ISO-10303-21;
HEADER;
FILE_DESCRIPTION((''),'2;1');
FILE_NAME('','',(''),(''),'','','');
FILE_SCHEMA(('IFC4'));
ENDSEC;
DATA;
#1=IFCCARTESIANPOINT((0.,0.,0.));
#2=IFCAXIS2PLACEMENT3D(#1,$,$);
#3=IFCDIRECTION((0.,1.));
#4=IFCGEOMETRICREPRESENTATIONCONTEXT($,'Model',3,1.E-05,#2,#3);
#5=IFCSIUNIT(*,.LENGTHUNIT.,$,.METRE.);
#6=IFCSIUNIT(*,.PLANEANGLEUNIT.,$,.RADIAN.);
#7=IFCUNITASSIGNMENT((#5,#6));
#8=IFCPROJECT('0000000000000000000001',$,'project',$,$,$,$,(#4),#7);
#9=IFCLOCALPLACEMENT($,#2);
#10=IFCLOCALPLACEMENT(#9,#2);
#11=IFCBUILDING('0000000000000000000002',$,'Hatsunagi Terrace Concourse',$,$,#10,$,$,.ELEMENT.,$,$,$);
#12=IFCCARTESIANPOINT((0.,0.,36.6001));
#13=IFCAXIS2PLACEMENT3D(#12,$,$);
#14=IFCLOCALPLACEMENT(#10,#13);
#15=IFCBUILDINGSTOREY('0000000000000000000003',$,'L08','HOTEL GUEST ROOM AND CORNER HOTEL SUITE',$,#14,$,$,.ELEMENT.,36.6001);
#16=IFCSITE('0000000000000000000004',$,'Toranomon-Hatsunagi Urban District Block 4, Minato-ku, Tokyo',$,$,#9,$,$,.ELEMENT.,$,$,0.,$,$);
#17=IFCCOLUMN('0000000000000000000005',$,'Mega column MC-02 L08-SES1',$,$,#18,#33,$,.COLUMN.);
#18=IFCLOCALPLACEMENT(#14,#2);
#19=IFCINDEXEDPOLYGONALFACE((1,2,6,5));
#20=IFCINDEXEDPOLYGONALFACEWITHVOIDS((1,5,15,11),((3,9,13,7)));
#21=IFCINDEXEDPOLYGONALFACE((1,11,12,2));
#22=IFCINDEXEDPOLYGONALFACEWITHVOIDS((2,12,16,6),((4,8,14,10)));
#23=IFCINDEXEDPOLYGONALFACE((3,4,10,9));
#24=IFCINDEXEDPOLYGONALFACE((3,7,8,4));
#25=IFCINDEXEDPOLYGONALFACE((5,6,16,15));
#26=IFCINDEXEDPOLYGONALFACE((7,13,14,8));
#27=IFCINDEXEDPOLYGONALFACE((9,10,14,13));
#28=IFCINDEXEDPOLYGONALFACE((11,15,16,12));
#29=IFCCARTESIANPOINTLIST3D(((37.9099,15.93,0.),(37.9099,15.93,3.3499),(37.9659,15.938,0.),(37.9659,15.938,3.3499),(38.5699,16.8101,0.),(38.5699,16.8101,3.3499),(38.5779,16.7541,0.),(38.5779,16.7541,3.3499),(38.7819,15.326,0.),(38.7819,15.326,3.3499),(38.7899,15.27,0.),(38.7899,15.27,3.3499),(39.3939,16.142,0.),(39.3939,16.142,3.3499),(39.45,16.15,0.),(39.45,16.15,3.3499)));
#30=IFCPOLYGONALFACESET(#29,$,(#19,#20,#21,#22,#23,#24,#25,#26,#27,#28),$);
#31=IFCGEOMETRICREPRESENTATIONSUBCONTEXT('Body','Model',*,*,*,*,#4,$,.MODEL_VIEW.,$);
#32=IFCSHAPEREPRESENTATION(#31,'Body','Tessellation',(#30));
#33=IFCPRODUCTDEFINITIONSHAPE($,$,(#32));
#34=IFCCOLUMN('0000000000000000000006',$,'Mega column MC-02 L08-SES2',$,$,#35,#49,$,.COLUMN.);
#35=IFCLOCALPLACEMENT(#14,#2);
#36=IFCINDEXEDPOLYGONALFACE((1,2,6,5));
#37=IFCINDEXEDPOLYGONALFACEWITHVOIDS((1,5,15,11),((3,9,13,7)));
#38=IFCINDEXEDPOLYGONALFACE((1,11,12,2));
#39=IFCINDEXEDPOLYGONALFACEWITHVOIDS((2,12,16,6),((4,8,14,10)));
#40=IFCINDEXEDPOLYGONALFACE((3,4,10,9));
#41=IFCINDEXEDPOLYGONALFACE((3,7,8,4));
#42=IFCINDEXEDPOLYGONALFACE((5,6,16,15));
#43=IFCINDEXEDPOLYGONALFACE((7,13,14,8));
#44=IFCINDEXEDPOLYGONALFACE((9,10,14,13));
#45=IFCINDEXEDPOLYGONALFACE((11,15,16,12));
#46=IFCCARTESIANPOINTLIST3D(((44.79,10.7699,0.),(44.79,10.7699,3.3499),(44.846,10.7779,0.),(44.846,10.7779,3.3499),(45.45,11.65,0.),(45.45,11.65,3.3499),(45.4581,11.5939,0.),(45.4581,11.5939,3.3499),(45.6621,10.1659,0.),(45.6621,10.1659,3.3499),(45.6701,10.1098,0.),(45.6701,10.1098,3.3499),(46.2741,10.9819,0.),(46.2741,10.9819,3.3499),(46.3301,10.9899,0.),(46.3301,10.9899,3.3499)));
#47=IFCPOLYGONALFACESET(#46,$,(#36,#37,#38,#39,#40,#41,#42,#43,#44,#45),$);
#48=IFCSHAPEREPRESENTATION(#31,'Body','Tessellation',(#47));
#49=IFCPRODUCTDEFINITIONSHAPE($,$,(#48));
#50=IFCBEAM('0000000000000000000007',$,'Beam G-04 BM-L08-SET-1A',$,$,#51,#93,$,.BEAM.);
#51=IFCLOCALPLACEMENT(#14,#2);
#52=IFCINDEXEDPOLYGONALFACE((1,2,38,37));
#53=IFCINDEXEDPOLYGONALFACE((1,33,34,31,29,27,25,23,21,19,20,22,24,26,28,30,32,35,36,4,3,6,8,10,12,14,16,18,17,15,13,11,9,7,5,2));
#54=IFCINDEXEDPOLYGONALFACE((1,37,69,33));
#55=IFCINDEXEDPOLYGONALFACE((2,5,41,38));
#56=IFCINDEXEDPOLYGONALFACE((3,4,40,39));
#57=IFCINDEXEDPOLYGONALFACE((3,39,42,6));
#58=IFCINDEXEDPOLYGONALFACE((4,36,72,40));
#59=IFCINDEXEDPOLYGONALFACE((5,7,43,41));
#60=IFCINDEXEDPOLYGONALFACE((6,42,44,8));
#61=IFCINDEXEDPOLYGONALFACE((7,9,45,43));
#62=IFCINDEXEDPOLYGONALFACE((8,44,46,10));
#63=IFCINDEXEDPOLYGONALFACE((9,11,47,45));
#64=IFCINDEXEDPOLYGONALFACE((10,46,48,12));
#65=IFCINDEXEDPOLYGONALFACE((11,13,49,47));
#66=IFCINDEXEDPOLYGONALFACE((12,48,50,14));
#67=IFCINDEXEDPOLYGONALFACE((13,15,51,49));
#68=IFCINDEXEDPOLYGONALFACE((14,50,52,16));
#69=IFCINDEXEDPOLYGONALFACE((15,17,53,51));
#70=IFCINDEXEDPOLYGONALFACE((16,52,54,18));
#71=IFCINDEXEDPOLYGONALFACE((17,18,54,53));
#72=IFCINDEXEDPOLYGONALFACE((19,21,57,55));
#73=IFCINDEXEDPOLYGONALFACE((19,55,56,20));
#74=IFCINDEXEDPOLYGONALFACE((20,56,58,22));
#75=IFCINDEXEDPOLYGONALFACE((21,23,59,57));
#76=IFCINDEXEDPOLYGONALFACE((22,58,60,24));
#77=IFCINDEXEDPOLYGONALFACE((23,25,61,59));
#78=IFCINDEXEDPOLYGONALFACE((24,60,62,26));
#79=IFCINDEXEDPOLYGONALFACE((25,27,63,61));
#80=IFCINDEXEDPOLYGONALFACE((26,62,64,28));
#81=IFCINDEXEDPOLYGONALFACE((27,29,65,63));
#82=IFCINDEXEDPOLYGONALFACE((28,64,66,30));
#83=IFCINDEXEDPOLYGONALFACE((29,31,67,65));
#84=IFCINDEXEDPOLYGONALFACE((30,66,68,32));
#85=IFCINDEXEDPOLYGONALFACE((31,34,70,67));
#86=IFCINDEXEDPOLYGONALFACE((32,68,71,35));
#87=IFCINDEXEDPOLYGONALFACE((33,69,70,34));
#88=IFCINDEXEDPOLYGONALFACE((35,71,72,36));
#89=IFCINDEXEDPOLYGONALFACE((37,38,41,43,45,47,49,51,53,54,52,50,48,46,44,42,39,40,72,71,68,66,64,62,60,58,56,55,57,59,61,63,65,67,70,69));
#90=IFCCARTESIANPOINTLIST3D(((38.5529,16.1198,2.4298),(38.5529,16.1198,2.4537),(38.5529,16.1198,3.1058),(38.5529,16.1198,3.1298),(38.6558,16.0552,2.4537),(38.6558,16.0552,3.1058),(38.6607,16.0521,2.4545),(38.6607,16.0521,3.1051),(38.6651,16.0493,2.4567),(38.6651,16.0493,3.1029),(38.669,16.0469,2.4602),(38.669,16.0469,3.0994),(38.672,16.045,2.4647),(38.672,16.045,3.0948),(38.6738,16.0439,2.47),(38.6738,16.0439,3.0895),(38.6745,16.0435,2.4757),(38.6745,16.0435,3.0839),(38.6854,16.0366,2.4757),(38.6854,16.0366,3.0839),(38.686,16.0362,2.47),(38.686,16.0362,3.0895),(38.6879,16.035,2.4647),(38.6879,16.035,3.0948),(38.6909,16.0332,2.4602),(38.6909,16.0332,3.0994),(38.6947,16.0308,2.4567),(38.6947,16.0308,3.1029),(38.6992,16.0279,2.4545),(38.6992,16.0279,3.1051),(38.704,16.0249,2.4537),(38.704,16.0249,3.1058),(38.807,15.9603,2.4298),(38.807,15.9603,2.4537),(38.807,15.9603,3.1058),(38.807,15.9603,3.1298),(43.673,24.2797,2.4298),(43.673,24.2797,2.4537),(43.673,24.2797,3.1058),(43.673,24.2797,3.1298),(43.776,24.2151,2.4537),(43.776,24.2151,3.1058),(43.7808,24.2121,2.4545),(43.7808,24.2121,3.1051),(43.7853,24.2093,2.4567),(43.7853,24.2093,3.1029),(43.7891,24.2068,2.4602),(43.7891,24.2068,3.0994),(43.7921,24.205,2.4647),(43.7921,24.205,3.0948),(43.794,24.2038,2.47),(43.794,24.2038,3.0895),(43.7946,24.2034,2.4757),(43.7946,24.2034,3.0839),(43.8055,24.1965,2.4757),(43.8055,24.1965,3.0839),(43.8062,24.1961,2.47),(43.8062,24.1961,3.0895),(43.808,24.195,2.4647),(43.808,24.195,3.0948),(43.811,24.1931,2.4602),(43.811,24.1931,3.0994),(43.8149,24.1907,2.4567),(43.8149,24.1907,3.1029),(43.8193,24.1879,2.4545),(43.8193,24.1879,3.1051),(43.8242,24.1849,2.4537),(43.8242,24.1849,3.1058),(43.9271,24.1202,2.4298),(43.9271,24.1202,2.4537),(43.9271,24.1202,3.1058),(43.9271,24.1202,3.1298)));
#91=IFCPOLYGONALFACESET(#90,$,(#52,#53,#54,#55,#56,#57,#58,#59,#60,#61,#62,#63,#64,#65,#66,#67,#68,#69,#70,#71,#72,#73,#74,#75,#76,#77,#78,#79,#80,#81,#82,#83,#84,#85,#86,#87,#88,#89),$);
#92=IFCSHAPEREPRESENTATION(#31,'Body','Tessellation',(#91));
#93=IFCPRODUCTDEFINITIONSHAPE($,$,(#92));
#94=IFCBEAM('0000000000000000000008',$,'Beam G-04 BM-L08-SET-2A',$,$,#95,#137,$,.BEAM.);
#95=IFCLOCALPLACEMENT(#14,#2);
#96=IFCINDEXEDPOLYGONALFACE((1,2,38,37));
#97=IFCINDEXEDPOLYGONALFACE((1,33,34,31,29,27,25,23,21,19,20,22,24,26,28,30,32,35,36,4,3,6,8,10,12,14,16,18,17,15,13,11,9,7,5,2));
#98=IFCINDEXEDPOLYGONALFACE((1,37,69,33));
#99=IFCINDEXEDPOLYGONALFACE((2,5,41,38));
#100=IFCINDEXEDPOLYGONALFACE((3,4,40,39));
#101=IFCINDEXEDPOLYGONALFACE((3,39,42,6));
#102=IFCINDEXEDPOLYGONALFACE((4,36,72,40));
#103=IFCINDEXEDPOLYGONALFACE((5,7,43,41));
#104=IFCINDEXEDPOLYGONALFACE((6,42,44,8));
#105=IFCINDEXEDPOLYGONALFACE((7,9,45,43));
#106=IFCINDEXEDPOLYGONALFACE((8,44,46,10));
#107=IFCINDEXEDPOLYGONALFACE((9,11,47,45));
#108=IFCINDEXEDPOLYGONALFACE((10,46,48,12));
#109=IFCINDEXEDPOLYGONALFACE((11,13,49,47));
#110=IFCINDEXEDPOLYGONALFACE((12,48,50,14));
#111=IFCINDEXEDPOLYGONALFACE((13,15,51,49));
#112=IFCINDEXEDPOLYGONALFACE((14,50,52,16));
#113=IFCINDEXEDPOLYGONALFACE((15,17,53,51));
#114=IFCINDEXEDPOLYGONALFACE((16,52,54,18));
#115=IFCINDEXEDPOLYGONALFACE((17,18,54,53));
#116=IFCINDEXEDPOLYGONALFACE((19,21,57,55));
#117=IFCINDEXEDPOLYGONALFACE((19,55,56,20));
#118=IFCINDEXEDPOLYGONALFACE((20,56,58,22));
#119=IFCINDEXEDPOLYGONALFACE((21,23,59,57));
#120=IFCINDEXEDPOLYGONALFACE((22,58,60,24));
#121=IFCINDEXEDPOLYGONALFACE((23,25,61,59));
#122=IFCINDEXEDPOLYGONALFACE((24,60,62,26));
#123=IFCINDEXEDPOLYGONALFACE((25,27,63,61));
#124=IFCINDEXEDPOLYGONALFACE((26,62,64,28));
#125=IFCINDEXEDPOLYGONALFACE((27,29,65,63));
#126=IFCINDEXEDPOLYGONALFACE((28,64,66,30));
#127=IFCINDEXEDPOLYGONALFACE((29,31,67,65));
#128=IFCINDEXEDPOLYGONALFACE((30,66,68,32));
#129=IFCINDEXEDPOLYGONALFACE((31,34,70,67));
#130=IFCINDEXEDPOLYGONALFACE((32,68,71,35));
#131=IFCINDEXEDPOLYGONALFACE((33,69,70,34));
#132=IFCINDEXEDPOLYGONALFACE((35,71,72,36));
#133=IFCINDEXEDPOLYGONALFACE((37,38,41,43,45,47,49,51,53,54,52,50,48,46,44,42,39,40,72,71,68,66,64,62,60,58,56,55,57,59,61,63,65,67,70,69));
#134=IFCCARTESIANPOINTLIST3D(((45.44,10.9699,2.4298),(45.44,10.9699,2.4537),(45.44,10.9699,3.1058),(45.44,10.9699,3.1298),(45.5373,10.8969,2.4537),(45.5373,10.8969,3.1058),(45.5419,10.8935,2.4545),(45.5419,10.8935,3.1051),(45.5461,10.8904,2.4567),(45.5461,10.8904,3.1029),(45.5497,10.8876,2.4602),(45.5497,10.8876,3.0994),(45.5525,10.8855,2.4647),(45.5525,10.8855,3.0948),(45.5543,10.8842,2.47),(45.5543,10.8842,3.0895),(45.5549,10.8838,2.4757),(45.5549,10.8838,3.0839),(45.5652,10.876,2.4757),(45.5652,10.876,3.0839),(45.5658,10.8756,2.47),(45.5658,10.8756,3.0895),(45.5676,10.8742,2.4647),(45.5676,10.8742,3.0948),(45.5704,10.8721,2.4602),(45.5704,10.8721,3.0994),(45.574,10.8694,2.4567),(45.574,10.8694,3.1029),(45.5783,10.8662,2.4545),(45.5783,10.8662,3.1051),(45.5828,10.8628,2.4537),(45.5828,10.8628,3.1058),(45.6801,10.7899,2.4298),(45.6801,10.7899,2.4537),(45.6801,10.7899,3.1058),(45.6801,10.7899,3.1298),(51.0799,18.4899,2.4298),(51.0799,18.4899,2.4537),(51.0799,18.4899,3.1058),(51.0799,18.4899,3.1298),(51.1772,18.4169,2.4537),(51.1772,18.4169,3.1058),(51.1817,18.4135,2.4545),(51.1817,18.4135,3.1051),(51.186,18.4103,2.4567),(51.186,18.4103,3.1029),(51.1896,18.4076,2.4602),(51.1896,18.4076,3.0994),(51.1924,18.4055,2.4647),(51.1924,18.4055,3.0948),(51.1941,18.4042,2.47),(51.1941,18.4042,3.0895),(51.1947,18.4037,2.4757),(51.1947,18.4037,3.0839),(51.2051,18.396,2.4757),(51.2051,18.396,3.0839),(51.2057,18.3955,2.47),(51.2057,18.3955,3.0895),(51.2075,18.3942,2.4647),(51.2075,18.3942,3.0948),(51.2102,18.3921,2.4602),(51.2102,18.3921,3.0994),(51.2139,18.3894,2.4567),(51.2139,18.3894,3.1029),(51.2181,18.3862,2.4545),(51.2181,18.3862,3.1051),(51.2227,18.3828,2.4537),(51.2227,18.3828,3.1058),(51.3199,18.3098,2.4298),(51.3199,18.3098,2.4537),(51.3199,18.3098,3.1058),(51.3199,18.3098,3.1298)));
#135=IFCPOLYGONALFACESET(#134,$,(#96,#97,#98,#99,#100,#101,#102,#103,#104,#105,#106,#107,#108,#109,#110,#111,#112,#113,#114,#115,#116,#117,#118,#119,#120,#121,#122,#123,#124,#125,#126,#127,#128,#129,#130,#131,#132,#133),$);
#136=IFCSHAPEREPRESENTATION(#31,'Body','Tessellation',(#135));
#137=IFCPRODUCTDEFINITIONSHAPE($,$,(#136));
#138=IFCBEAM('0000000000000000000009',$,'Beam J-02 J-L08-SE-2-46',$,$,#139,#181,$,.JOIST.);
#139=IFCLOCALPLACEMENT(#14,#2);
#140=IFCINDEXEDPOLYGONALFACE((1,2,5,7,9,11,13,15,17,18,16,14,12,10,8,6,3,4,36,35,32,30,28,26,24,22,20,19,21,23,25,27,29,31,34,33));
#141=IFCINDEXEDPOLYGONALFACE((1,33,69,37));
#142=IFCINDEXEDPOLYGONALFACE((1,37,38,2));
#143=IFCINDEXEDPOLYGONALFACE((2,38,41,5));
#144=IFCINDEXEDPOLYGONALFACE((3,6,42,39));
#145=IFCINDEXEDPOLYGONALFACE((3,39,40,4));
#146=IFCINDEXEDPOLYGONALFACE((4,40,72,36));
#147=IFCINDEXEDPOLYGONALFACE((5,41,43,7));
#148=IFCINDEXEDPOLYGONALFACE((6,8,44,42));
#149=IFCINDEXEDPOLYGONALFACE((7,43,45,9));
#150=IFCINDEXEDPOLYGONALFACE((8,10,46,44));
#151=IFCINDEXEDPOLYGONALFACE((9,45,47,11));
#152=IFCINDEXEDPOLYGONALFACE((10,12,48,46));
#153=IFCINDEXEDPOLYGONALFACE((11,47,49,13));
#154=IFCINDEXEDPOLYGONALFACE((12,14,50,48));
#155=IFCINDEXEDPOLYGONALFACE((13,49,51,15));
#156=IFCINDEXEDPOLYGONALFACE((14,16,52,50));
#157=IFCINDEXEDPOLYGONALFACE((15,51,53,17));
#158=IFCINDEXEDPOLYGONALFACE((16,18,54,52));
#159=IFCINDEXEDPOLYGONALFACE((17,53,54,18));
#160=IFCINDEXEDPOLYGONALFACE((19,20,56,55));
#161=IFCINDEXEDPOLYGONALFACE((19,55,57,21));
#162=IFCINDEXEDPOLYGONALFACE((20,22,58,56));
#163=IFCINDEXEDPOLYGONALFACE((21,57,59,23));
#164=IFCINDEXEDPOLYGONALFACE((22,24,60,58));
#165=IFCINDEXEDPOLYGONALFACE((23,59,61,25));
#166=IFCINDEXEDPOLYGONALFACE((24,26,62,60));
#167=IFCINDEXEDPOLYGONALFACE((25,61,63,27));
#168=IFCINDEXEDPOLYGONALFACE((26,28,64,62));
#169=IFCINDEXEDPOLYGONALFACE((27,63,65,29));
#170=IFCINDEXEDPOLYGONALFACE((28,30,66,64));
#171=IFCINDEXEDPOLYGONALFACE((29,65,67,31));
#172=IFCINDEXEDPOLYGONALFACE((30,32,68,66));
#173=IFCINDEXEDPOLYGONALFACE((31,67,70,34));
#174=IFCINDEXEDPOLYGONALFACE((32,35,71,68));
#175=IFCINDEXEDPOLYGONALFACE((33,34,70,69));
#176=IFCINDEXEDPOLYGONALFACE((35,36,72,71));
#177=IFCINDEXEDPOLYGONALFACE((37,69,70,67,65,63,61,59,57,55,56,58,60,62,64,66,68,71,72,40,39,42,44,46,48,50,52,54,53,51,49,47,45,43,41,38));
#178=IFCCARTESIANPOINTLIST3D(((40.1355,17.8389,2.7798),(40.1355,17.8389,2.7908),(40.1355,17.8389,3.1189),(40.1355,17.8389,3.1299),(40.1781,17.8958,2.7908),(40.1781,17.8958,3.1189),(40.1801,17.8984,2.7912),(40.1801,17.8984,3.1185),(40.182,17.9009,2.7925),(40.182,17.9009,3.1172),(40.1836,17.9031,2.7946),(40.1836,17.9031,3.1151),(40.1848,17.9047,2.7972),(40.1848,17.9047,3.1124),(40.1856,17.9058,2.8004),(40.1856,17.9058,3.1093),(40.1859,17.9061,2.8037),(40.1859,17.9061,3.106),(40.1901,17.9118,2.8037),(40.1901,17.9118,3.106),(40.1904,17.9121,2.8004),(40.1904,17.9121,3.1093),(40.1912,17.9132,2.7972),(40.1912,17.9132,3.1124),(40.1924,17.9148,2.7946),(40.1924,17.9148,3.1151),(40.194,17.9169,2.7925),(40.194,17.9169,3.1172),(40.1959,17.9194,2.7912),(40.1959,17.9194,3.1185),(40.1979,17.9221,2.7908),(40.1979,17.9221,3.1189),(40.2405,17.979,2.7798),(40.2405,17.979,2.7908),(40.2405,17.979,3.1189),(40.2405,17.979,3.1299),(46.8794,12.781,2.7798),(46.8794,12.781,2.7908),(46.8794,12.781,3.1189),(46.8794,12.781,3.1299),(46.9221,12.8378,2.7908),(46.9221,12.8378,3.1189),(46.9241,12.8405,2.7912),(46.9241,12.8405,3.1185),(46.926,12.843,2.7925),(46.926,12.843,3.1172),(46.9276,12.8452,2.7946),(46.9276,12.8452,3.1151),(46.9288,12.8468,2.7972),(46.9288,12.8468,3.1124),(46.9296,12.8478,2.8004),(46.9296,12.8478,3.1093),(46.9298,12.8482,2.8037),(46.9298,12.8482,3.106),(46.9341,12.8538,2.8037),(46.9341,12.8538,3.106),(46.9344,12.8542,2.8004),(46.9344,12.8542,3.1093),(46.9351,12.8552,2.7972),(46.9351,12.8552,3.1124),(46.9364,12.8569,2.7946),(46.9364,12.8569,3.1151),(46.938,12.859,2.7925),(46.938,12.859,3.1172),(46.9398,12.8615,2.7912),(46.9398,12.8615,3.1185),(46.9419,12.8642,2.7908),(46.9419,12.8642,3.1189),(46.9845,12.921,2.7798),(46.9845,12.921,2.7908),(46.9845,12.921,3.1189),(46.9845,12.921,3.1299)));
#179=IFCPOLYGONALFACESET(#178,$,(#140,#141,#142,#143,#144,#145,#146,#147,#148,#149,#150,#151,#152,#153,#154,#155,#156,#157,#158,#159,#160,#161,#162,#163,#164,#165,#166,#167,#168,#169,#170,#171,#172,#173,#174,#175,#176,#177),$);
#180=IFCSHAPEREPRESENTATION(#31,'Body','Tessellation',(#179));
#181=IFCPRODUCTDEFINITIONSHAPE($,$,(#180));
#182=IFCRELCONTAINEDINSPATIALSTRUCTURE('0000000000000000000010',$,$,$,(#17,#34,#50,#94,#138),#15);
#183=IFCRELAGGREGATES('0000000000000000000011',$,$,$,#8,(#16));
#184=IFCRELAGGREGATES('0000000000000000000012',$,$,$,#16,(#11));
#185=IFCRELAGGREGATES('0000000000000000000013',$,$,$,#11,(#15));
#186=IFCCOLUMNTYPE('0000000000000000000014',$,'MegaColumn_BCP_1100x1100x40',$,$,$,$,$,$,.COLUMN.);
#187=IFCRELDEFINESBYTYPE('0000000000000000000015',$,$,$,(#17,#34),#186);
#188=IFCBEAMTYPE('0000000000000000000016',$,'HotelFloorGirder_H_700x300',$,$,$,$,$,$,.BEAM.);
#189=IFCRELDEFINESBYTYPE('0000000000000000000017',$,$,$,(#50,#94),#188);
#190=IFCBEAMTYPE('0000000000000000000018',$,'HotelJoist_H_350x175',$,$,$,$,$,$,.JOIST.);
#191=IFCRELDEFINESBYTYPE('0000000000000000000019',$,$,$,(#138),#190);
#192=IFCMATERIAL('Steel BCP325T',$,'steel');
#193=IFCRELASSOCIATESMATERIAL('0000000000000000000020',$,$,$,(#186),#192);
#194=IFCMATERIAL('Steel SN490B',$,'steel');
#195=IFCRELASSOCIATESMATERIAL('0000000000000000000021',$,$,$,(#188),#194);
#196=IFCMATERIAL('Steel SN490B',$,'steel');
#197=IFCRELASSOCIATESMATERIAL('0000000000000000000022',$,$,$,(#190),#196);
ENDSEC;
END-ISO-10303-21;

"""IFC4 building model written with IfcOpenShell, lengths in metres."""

from ifc_helpers import new_model, si_unit, direction, frame, origin, origin_2d, place, context, subcontext, project, spatial, hollow_rectangle, i_section, extrude, material, material_profile, profile_set, type_object, element, save


model = new_model("IFC4")

# Units and contexts
model_context = context("Model", 3, precision=1e-05, world=origin(), true_north=direction((0.0, 1.0)))
body_context = subcontext(model_context, "Body", "Model", "MODEL_VIEW")
ifc_project = project(units=[si_unit("LENGTHUNIT", "METRE"), si_unit("PLANEANGLEUNIT", "RADIAN")], contexts=[model_context])

# Site, building, storey
site_placement = place(None, origin())
site = spatial("IfcSite", under=ifc_project, at=site_placement, Name="Toranomon-Hatsunagi Urban District Block 4, Minato-ku, Tokyo", CompositionType="ELEMENT", RefElevation=0.0)
building_placement = place(site_placement, origin())
building = spatial("IfcBuilding", under=site, at=building_placement, Name="Hatsunagi Terrace Concourse", CompositionType="ELEMENT")
storey_placement = place(building_placement, frame((0.0, 0.0, 36.6001)))
storey = spatial("IfcBuildingStorey", under=building, at=storey_placement, Name="L08", Description="HOTEL GUEST ROOM AND CORNER HOTEL SUITE", CompositionType="ELEMENT", Elevation=36.6001)

# Columns
ifc_material_1 = material(Name="Steel BCP325T", Category="steel")
ifc_material_profile_1 = material_profile(ifc_material_1, hollow_rectangle(XDim=1.1001, YDim=1.1001, WallThickness=0.04, at=origin_2d()), Name="BCP-1100x1100x40")
ifc_profile_set_1 = profile_set([ifc_material_profile_1], Name="Steel BCP325T")
column_type = type_object("IfcColumnType", Name="MegaColumn_BCP_1100x1100x40", PredefinedType="COLUMN", material=ifc_profile_set_1)
for number, where, z_axis, x_axis, name in (
    (1, (38.6799, 16.04, 0.0), (0.0, 0.0, 1.0), (0.8, -0.6, 0.0), "Mega column MC-02 L08-SES1"),
    (2, (45.5601, 10.8799, 0.0), (0.0, 0.0, 1.0), (0.8, -0.6, 0.0), "Mega column MC-02 L08-SES2"),
):
    element("IfcColumn", number, at=place(storey_placement, frame(where, z_axis=z_axis, x_axis=x_axis)), inside=storey, type_object=column_type, Name=name, PredefinedType="COLUMN", context=body_context, shape_type="SweptSolid", body=[
        extrude(hollow_rectangle(XDim=1.1001, YDim=1.1001, WallThickness=0.04, at=origin_2d()), origin(), (0.0, 0.0, 1.0), 3.3499),
    ])

# Beams
ifc_material_2 = material(Name="Steel SN490B", Category="steel")
ifc_material_profile_2 = material_profile(ifc_material_2, i_section(OverallWidth=0.3, OverallDepth=0.7, WebThickness=0.0129, FlangeThickness=0.0239, FilletRadius=0.022, at=origin_2d()), Name="H-700x300x13x24")
ifc_profile_set_2 = profile_set([ifc_material_profile_2], Name="Steel SN490B")
beam_type_1 = type_object("IfcBeamType", Name="HotelFloorGirder_H_700x300", PredefinedType="BEAM", material=ifc_profile_set_2)
beam_1_placement = place(storey_placement, frame((38.6799, 16.04, 2.7798), z_axis=(0.531504, 0.847056, 0.0), x_axis=(-0.847056, 0.531504, 0.0)))
element("IfcBeam", 3, at=beam_1_placement, inside=storey, type_object=beam_type_1, Name="Beam G-04 BM-L08-SET-1A", PredefinedType="BEAM", context=body_context, shape_type="SweptSolid", body=[
    extrude(i_section(OverallWidth=0.3, OverallDepth=0.7, WebThickness=0.0129, FlangeThickness=0.0239, FilletRadius=0.022, at=origin_2d()), origin(), (0.0, 0.0, 1.0), 9.6333),
])
beam_2_placement = place(storey_placement, frame((45.5601, 10.8799, 2.7798), z_axis=(0.599992, 0.800006, 0.0), x_axis=(-0.800006, 0.599992, 0.0)))
element("IfcBeam", 4, at=beam_2_placement, inside=storey, type_object=beam_type_1, Name="Beam G-04 BM-L08-SET-2A", PredefinedType="BEAM", context=body_context, shape_type="SweptSolid", body=[
    extrude(i_section(OverallWidth=0.3, OverallDepth=0.7, WebThickness=0.0129, FlangeThickness=0.0239, FilletRadius=0.022, at=origin_2d()), origin(), (0.0, 0.0, 1.0), 9.3999),
])
ifc_material_3 = material(Name="Steel SN490B", Category="steel")
ifc_material_profile_3 = material_profile(ifc_material_3, i_section(OverallWidth=0.175, OverallDepth=0.3501, WebThickness=0.0071, FlangeThickness=0.011, FilletRadius=0.0129, at=origin_2d()), Name="H-350x175x7x11")
ifc_profile_set_3 = profile_set([ifc_material_profile_3], Name="Steel SN490B")
beam_type_2 = type_object("IfcBeamType", Name="HotelJoist_H_350x175", PredefinedType="JOIST", material=ifc_profile_set_3)
beam_3_placement = place(storey_placement, frame((40.188, 17.9089, 2.9548), z_axis=(0.800003, -0.599995, 0.0), x_axis=(0.599995, 0.800003, 0.0)))
element("IfcBeam", 5, at=beam_3_placement, inside=storey, type_object=beam_type_2, Name="Beam J-02 J-L08-SE-2-46", PredefinedType="JOIST", context=body_context, shape_type="SweptSolid", body=[
    extrude(i_section(OverallWidth=0.175, OverallDepth=0.3501, WebThickness=0.0071, FlangeThickness=0.011, FilletRadius=0.0129, at=origin_2d()), origin(), (0.0, 0.0, 1.0), 8.4299),
])

save(model, "model.ifc")
